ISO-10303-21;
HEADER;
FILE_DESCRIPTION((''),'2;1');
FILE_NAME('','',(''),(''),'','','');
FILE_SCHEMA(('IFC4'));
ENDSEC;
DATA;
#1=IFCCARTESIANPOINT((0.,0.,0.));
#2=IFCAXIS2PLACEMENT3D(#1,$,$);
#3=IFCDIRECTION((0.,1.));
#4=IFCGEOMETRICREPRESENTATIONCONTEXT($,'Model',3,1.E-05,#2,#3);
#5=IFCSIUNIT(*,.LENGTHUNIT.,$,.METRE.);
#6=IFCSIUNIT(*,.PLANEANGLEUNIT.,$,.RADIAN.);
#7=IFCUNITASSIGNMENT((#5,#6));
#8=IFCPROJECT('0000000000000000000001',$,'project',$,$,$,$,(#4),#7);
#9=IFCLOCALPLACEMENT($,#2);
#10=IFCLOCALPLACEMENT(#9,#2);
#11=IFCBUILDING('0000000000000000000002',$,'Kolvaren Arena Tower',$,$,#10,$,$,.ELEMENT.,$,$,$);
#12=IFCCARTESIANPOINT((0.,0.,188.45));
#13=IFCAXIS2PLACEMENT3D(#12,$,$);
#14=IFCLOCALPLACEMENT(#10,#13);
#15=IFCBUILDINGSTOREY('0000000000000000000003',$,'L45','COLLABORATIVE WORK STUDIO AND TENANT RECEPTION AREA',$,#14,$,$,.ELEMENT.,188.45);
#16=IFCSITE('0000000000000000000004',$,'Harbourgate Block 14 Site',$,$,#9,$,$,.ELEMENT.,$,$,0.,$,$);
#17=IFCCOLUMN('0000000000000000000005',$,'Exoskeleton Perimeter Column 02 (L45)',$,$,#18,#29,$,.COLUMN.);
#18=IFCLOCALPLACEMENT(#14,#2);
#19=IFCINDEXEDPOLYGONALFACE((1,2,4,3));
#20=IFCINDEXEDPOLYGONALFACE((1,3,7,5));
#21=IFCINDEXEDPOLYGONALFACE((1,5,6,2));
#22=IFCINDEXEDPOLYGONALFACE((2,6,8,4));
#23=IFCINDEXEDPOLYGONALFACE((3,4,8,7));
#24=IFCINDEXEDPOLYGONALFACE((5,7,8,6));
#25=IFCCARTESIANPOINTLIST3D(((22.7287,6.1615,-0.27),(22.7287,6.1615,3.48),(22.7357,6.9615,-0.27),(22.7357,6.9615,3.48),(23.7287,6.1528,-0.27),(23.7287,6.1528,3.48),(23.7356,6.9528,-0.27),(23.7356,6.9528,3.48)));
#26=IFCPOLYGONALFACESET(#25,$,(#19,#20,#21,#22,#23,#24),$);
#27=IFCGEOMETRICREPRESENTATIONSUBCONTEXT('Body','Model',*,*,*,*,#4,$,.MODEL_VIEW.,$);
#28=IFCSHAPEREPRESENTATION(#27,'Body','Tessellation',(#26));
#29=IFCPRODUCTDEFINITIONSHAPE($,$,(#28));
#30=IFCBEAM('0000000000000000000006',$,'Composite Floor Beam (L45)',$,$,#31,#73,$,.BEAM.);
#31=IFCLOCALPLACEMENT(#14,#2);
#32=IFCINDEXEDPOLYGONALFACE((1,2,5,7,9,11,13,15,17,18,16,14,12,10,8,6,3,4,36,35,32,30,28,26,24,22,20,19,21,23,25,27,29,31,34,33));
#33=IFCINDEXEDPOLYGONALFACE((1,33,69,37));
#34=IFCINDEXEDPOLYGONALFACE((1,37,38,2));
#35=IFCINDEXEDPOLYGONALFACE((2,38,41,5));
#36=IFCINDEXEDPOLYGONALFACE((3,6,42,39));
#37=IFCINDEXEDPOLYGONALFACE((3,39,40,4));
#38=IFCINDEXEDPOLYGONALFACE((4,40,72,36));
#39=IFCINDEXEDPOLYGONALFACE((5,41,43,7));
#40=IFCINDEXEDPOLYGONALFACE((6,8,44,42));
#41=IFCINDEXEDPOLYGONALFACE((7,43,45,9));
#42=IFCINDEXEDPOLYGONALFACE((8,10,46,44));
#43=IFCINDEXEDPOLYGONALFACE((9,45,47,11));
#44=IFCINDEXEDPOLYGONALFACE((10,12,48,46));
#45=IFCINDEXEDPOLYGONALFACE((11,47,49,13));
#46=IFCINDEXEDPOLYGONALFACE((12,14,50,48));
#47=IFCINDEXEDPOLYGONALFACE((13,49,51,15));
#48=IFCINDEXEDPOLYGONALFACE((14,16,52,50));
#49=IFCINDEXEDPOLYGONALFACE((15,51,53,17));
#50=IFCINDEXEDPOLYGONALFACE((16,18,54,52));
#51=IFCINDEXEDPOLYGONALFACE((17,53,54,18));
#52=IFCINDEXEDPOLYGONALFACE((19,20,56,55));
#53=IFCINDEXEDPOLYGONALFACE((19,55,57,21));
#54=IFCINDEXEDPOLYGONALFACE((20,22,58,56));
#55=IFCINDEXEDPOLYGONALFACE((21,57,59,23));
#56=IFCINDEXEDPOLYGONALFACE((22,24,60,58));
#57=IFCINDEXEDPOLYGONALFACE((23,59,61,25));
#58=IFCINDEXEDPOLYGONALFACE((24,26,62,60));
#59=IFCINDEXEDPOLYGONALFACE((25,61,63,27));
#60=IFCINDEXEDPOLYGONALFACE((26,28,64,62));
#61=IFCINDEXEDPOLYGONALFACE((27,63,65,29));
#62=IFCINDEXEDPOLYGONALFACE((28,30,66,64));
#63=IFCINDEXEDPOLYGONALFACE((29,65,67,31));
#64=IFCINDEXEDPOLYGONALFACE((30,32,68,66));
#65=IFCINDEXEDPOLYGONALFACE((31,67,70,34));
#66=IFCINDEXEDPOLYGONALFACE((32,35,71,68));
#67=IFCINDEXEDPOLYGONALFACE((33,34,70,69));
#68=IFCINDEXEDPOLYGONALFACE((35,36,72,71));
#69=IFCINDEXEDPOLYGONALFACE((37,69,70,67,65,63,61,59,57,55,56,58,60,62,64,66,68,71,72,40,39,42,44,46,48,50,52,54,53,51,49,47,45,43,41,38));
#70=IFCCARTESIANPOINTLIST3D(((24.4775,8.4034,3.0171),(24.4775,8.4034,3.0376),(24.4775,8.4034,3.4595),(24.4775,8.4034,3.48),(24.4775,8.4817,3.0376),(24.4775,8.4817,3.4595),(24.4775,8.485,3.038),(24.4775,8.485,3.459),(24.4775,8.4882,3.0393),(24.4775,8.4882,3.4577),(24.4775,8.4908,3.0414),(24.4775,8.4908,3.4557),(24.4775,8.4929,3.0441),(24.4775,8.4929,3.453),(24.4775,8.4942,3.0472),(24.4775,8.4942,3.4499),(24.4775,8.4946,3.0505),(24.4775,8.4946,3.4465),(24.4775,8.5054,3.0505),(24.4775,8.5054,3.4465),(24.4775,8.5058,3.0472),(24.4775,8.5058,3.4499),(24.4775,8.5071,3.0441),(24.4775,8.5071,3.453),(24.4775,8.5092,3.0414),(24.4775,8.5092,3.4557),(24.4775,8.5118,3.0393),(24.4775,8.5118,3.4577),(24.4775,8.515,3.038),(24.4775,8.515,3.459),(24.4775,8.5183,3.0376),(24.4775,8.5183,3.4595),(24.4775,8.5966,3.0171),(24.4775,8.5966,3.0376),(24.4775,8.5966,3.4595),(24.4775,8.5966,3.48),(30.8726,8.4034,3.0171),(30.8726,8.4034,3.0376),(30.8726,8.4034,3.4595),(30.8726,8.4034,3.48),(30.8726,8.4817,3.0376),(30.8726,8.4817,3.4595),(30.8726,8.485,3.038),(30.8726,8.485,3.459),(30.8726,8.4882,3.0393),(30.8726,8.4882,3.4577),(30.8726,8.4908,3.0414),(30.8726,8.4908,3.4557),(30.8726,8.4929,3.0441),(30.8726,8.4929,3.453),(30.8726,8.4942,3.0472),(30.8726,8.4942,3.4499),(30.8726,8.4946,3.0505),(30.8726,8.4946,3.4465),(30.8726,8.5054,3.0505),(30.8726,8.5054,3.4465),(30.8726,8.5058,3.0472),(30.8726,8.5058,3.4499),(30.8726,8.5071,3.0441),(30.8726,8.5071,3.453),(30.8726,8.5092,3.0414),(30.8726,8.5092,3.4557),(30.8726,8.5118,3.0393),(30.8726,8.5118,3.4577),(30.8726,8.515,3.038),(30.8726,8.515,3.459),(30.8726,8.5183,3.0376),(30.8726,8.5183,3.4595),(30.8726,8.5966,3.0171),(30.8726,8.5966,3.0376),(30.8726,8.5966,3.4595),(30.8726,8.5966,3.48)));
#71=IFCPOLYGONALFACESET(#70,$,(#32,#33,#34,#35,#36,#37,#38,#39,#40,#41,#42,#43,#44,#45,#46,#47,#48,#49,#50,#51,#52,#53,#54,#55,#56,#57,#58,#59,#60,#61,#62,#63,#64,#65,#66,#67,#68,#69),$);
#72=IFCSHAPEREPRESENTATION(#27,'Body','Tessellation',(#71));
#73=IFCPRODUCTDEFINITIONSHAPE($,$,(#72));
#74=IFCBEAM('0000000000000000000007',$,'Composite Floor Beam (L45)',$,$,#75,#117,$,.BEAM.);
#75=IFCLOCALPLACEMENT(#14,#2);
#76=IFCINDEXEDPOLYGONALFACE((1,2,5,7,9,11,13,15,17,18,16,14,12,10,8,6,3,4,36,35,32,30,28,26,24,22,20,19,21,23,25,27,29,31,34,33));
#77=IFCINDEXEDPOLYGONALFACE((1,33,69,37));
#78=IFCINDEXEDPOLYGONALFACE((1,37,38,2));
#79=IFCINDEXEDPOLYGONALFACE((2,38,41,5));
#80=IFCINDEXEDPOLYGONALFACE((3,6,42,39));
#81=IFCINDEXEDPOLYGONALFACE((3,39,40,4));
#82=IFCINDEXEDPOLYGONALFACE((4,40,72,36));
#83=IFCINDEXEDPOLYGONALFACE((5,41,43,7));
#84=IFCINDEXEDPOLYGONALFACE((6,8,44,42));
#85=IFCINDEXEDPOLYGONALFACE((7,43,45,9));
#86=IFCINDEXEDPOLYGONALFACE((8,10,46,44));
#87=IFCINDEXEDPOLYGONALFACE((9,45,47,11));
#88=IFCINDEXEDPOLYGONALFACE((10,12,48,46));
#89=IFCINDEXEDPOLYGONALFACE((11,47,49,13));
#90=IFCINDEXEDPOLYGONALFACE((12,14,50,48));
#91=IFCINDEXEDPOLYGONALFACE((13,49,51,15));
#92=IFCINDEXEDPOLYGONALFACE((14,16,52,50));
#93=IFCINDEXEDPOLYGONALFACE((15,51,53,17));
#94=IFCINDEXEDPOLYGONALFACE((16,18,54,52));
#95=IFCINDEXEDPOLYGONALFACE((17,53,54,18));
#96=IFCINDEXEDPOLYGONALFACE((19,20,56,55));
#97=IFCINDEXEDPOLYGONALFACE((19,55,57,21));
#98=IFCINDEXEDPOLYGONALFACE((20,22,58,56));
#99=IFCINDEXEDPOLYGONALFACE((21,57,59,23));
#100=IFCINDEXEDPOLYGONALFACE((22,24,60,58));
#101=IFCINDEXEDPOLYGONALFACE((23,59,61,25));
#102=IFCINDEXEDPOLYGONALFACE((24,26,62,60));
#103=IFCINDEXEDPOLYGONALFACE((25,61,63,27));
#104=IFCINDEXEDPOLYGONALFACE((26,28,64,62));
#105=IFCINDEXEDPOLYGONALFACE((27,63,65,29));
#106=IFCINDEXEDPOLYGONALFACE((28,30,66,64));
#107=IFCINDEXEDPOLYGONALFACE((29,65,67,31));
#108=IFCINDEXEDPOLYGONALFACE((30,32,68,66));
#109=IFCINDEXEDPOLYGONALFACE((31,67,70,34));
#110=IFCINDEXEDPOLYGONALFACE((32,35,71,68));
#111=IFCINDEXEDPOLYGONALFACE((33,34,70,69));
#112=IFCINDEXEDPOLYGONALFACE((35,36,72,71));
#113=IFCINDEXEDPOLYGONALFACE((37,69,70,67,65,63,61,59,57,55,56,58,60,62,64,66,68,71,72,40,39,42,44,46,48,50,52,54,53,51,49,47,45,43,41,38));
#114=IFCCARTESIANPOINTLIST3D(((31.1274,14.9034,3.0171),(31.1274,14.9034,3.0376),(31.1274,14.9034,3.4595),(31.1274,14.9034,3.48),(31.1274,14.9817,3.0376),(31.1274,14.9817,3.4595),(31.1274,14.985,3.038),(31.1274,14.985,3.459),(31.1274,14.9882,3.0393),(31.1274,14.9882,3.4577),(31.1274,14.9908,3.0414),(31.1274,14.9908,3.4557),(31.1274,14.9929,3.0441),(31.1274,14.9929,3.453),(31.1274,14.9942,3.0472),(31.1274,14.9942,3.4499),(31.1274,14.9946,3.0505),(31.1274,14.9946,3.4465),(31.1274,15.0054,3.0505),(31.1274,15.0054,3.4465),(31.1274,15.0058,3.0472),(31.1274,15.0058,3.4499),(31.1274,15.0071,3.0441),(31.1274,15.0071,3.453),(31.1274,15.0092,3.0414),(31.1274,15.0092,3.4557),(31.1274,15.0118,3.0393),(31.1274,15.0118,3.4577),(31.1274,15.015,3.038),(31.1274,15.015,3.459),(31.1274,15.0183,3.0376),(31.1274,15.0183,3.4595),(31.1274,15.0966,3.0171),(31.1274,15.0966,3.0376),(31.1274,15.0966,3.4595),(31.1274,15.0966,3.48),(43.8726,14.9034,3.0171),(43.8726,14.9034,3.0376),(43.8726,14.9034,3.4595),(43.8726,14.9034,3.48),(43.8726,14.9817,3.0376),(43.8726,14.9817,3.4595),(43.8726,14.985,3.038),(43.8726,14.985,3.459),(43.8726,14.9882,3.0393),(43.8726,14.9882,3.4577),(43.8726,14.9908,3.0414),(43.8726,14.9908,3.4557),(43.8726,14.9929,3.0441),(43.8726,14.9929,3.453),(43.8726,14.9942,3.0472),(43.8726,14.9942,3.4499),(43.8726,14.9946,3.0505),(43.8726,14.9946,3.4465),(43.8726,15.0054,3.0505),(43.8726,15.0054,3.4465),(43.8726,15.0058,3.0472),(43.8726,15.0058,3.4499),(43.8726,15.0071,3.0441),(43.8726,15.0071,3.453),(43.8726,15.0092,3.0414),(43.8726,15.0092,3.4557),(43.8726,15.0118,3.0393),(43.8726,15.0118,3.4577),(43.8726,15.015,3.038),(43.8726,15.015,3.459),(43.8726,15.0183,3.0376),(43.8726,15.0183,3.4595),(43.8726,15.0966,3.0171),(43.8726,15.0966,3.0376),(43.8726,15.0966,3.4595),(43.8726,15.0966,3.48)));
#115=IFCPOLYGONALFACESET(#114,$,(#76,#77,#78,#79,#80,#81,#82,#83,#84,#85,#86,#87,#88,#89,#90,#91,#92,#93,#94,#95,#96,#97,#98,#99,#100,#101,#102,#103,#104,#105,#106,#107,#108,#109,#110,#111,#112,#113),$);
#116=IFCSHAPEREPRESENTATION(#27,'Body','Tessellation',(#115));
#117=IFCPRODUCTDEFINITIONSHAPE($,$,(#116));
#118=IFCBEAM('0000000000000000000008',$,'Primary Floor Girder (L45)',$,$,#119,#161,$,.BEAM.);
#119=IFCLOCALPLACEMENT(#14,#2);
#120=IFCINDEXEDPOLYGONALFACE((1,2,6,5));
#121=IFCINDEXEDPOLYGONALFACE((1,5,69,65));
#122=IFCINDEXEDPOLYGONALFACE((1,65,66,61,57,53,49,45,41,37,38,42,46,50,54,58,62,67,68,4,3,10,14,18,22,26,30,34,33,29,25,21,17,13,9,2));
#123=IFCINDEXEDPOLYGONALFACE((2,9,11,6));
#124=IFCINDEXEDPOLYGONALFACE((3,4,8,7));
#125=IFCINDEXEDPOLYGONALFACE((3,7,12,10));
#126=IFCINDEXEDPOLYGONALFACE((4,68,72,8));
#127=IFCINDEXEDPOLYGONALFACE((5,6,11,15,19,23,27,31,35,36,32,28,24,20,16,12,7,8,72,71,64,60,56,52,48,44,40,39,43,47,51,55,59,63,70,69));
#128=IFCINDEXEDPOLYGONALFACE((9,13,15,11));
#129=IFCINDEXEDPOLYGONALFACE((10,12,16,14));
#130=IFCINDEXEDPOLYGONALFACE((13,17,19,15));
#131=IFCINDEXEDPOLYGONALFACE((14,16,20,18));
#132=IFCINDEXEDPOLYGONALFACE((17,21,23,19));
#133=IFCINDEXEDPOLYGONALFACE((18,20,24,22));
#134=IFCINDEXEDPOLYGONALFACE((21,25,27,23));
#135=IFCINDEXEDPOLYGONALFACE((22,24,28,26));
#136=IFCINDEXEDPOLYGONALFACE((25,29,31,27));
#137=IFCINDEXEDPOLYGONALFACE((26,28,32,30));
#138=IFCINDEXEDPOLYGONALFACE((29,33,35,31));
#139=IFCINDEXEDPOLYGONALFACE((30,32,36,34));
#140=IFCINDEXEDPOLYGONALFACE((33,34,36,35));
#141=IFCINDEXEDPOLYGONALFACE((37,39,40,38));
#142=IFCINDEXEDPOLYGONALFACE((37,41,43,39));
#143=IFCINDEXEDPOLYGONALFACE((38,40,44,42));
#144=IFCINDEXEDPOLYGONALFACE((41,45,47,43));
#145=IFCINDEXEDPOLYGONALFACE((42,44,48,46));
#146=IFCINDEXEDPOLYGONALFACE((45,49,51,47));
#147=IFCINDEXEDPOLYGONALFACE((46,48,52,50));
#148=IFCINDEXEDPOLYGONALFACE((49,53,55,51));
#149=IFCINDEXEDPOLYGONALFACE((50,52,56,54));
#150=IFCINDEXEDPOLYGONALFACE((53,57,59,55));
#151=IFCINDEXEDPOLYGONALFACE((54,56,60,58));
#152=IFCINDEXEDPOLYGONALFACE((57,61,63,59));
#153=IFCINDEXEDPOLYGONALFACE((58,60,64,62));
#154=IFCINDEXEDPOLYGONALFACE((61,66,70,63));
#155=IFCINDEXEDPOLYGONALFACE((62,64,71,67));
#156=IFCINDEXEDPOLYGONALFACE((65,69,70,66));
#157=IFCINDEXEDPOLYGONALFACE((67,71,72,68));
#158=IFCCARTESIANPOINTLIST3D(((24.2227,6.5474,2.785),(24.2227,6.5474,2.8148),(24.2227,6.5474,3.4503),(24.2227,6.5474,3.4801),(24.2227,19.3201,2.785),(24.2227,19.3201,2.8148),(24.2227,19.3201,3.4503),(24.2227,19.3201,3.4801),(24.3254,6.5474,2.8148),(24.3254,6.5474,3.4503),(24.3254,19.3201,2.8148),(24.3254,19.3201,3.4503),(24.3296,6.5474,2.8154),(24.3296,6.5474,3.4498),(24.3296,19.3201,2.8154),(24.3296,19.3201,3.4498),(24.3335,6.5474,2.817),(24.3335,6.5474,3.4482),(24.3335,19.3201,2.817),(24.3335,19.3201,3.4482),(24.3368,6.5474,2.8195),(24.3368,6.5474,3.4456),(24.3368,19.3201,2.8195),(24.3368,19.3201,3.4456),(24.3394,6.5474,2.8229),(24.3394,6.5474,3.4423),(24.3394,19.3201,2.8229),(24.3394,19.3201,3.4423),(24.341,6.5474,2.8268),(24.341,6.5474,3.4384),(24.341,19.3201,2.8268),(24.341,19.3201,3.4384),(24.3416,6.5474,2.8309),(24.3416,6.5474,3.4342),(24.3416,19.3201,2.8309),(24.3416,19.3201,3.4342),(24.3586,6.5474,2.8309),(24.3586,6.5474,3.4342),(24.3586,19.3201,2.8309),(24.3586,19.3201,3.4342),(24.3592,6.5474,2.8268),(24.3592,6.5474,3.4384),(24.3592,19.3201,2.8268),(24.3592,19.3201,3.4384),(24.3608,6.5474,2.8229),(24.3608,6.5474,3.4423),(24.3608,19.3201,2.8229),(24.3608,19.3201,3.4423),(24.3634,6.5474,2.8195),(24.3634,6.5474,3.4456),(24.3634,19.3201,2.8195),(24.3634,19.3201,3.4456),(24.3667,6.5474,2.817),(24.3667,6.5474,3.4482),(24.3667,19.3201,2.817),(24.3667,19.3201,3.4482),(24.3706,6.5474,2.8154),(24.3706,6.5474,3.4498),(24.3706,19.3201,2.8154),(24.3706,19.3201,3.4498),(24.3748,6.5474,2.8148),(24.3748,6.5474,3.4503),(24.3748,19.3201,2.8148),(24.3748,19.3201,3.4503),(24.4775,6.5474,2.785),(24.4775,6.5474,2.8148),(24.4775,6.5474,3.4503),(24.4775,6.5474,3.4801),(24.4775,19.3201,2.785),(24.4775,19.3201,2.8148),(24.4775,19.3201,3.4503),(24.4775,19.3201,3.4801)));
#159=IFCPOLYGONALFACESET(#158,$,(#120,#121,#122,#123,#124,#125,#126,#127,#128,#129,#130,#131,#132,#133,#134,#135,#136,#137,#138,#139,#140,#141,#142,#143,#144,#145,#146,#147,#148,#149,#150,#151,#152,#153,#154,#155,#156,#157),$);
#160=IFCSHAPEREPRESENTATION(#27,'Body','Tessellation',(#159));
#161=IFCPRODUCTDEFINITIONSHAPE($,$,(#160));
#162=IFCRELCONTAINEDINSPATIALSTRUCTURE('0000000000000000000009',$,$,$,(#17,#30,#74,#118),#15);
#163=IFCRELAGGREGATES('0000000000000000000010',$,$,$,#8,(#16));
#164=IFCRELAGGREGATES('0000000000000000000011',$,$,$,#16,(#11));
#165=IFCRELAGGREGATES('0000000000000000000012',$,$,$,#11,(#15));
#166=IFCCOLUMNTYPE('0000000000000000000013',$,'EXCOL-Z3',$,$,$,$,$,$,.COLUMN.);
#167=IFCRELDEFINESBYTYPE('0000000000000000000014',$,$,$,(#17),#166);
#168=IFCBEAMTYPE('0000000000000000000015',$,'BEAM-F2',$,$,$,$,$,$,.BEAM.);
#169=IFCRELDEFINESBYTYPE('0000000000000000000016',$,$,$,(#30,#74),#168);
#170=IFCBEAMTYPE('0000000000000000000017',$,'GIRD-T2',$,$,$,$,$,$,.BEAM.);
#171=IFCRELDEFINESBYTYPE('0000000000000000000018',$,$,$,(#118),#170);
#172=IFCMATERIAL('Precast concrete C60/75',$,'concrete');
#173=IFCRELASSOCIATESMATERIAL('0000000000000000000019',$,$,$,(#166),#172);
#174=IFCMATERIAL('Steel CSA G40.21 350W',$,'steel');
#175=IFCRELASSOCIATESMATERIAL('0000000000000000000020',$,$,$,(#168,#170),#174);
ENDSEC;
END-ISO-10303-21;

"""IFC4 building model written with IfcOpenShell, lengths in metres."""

from ifc_helpers import new_model, si_unit, direction, frame, origin, origin_2d, place, context, subcontext, project, spatial, rectangle, i_section, extrude, material, material_profile, profile_set, type_object, element, save


model = new_model("IFC4")

# Units and contexts
model_context = context("Model", 3, precision=1e-05, world=origin(), true_north=direction((0.0, 1.0)))
body_context = subcontext(model_context, "Body", "Model", "MODEL_VIEW")
ifc_project = project(units=[si_unit("LENGTHUNIT", "METRE"), si_unit("PLANEANGLEUNIT", "RADIAN")], contexts=[model_context])

# Site, building, storey
site_placement = place(None, origin())
site = spatial("IfcSite", under=ifc_project, at=site_placement, Name="Harbourgate Block 14 Site", CompositionType="ELEMENT", RefElevation=0.0)
building_placement = place(site_placement, origin())
building = spatial("IfcBuilding", under=site, at=building_placement, Name="Kolvaren Arena Tower", CompositionType="ELEMENT")
storey_placement = place(building_placement, frame((0.0, 0.0, 188.45)))
storey = spatial("IfcBuildingStorey", under=building, at=storey_placement, Name="L45", Description="COLLABORATIVE WORK STUDIO AND TENANT RECEPTION AREA", CompositionType="ELEMENT", Elevation=188.45)

# Column
ifc_material_1 = material(Name="Precast concrete C60/75", Category="concrete")
ifc_material_profile_1 = material_profile(ifc_material_1, rectangle(XDim=1.0, YDim=0.8, at=origin_2d()), Name="RC-1000x800")
ifc_profile_set_1 = profile_set([ifc_material_profile_1], Name="Precast concrete C60/75")
column_type = type_object("IfcColumnType", Name="EXCOL-Z3", PredefinedType="COLUMN", material=ifc_profile_set_1)
column_placement = place(storey_placement, frame((23.2322, 6.5571, -0.27), z_axis=(0.0, 0.0, 1.0), x_axis=(0.999962, -0.008727, 0.0)))
element("IfcColumn", 1, at=column_placement, inside=storey, type_object=column_type, Name="Exoskeleton Perimeter Column 02 (L45)", PredefinedType="COLUMN", context=body_context, shape_type="SweptSolid", body=[
    extrude(rectangle(XDim=1.0, YDim=0.8, at=origin_2d()), origin(), (0.0, 0.0, 1.0), 3.75),
])

# Beams
ifc_material_2 = material(Name="Steel CSA G40.21 350W", Category="steel")
ifc_material_profile_2 = material_profile(ifc_material_2, i_section(OverallWidth=0.1931, OverallDepth=0.4629, WebThickness=0.0107, FlangeThickness=0.0205, FilletRadius=0.0129, at=origin_2d()), Name="W460x113")
ifc_profile_set_2 = profile_set([ifc_material_profile_2], Name="Steel CSA G40.21 350W")
beam_type_1 = type_object("IfcBeamType", Name="BEAM-F2", PredefinedType="BEAM", material=ifc_profile_set_2)
beam_1_placement = place(storey_placement, frame((24.4775, 8.5, 3.2485), z_axis=(1.0, 0.0, 0.0), x_axis=(0.0, 1.0, 0.0)))
element("IfcBeam", 2, at=beam_1_placement, inside=storey, type_object=beam_type_1, Name="Composite Floor Beam (L45)", PredefinedType="BEAM", context=body_context, shape_type="SweptSolid", body=[
    extrude(i_section(OverallWidth=0.1931, OverallDepth=0.4629, WebThickness=0.0107, FlangeThickness=0.0205, FilletRadius=0.0129, at=origin_2d()), origin(), (0.0, 0.0, 1.0), 6.395),
])
beam_2_placement = place(storey_placement, frame((31.1274, 15.0, 3.2485), z_axis=(1.0, 0.0, 0.0), x_axis=(0.0, 1.0, 0.0)))
element("IfcBeam", 3, at=beam_2_placement, inside=storey, type_object=beam_type_1, Name="Composite Floor Beam (L45)", PredefinedType="BEAM", context=body_context, shape_type="SweptSolid", body=[
    extrude(i_section(OverallWidth=0.1931, OverallDepth=0.4629, WebThickness=0.0107, FlangeThickness=0.0205, FilletRadius=0.0129, at=origin_2d()), origin(), (0.0, 0.0, 1.0), 12.7451),
])
ifc_material_profile_3 = material_profile(ifc_material_2, i_section(OverallWidth=0.2549, OverallDepth=0.6951, WebThickness=0.0171, FlangeThickness=0.0298, FilletRadius=0.0161, at=origin_2d()), Name="W690x217")
ifc_profile_set_3 = profile_set([ifc_material_profile_3], Name="Steel CSA G40.21 350W")
beam_type_2 = type_object("IfcBeamType", Name="GIRD-T2", PredefinedType="BEAM", material=ifc_profile_set_3)
beam_3_placement = place(storey_placement, frame((24.3501, 6.5474, 3.1326), z_axis=(0.0, 1.0, 0.0), x_axis=(-1.0, 0.0, 0.0)))
element("IfcBeam", 4, at=beam_3_placement, inside=storey, type_object=beam_type_2, Name="Primary Floor Girder (L45)", PredefinedType="BEAM", context=body_context, shape_type="SweptSolid", body=[
    extrude(i_section(OverallWidth=0.2549, OverallDepth=0.6951, WebThickness=0.0171, FlangeThickness=0.0298, FilletRadius=0.0161, at=origin_2d()), origin(), (0.0, 0.0, 1.0), 12.7727),
])

save(model, "model.ifc")
